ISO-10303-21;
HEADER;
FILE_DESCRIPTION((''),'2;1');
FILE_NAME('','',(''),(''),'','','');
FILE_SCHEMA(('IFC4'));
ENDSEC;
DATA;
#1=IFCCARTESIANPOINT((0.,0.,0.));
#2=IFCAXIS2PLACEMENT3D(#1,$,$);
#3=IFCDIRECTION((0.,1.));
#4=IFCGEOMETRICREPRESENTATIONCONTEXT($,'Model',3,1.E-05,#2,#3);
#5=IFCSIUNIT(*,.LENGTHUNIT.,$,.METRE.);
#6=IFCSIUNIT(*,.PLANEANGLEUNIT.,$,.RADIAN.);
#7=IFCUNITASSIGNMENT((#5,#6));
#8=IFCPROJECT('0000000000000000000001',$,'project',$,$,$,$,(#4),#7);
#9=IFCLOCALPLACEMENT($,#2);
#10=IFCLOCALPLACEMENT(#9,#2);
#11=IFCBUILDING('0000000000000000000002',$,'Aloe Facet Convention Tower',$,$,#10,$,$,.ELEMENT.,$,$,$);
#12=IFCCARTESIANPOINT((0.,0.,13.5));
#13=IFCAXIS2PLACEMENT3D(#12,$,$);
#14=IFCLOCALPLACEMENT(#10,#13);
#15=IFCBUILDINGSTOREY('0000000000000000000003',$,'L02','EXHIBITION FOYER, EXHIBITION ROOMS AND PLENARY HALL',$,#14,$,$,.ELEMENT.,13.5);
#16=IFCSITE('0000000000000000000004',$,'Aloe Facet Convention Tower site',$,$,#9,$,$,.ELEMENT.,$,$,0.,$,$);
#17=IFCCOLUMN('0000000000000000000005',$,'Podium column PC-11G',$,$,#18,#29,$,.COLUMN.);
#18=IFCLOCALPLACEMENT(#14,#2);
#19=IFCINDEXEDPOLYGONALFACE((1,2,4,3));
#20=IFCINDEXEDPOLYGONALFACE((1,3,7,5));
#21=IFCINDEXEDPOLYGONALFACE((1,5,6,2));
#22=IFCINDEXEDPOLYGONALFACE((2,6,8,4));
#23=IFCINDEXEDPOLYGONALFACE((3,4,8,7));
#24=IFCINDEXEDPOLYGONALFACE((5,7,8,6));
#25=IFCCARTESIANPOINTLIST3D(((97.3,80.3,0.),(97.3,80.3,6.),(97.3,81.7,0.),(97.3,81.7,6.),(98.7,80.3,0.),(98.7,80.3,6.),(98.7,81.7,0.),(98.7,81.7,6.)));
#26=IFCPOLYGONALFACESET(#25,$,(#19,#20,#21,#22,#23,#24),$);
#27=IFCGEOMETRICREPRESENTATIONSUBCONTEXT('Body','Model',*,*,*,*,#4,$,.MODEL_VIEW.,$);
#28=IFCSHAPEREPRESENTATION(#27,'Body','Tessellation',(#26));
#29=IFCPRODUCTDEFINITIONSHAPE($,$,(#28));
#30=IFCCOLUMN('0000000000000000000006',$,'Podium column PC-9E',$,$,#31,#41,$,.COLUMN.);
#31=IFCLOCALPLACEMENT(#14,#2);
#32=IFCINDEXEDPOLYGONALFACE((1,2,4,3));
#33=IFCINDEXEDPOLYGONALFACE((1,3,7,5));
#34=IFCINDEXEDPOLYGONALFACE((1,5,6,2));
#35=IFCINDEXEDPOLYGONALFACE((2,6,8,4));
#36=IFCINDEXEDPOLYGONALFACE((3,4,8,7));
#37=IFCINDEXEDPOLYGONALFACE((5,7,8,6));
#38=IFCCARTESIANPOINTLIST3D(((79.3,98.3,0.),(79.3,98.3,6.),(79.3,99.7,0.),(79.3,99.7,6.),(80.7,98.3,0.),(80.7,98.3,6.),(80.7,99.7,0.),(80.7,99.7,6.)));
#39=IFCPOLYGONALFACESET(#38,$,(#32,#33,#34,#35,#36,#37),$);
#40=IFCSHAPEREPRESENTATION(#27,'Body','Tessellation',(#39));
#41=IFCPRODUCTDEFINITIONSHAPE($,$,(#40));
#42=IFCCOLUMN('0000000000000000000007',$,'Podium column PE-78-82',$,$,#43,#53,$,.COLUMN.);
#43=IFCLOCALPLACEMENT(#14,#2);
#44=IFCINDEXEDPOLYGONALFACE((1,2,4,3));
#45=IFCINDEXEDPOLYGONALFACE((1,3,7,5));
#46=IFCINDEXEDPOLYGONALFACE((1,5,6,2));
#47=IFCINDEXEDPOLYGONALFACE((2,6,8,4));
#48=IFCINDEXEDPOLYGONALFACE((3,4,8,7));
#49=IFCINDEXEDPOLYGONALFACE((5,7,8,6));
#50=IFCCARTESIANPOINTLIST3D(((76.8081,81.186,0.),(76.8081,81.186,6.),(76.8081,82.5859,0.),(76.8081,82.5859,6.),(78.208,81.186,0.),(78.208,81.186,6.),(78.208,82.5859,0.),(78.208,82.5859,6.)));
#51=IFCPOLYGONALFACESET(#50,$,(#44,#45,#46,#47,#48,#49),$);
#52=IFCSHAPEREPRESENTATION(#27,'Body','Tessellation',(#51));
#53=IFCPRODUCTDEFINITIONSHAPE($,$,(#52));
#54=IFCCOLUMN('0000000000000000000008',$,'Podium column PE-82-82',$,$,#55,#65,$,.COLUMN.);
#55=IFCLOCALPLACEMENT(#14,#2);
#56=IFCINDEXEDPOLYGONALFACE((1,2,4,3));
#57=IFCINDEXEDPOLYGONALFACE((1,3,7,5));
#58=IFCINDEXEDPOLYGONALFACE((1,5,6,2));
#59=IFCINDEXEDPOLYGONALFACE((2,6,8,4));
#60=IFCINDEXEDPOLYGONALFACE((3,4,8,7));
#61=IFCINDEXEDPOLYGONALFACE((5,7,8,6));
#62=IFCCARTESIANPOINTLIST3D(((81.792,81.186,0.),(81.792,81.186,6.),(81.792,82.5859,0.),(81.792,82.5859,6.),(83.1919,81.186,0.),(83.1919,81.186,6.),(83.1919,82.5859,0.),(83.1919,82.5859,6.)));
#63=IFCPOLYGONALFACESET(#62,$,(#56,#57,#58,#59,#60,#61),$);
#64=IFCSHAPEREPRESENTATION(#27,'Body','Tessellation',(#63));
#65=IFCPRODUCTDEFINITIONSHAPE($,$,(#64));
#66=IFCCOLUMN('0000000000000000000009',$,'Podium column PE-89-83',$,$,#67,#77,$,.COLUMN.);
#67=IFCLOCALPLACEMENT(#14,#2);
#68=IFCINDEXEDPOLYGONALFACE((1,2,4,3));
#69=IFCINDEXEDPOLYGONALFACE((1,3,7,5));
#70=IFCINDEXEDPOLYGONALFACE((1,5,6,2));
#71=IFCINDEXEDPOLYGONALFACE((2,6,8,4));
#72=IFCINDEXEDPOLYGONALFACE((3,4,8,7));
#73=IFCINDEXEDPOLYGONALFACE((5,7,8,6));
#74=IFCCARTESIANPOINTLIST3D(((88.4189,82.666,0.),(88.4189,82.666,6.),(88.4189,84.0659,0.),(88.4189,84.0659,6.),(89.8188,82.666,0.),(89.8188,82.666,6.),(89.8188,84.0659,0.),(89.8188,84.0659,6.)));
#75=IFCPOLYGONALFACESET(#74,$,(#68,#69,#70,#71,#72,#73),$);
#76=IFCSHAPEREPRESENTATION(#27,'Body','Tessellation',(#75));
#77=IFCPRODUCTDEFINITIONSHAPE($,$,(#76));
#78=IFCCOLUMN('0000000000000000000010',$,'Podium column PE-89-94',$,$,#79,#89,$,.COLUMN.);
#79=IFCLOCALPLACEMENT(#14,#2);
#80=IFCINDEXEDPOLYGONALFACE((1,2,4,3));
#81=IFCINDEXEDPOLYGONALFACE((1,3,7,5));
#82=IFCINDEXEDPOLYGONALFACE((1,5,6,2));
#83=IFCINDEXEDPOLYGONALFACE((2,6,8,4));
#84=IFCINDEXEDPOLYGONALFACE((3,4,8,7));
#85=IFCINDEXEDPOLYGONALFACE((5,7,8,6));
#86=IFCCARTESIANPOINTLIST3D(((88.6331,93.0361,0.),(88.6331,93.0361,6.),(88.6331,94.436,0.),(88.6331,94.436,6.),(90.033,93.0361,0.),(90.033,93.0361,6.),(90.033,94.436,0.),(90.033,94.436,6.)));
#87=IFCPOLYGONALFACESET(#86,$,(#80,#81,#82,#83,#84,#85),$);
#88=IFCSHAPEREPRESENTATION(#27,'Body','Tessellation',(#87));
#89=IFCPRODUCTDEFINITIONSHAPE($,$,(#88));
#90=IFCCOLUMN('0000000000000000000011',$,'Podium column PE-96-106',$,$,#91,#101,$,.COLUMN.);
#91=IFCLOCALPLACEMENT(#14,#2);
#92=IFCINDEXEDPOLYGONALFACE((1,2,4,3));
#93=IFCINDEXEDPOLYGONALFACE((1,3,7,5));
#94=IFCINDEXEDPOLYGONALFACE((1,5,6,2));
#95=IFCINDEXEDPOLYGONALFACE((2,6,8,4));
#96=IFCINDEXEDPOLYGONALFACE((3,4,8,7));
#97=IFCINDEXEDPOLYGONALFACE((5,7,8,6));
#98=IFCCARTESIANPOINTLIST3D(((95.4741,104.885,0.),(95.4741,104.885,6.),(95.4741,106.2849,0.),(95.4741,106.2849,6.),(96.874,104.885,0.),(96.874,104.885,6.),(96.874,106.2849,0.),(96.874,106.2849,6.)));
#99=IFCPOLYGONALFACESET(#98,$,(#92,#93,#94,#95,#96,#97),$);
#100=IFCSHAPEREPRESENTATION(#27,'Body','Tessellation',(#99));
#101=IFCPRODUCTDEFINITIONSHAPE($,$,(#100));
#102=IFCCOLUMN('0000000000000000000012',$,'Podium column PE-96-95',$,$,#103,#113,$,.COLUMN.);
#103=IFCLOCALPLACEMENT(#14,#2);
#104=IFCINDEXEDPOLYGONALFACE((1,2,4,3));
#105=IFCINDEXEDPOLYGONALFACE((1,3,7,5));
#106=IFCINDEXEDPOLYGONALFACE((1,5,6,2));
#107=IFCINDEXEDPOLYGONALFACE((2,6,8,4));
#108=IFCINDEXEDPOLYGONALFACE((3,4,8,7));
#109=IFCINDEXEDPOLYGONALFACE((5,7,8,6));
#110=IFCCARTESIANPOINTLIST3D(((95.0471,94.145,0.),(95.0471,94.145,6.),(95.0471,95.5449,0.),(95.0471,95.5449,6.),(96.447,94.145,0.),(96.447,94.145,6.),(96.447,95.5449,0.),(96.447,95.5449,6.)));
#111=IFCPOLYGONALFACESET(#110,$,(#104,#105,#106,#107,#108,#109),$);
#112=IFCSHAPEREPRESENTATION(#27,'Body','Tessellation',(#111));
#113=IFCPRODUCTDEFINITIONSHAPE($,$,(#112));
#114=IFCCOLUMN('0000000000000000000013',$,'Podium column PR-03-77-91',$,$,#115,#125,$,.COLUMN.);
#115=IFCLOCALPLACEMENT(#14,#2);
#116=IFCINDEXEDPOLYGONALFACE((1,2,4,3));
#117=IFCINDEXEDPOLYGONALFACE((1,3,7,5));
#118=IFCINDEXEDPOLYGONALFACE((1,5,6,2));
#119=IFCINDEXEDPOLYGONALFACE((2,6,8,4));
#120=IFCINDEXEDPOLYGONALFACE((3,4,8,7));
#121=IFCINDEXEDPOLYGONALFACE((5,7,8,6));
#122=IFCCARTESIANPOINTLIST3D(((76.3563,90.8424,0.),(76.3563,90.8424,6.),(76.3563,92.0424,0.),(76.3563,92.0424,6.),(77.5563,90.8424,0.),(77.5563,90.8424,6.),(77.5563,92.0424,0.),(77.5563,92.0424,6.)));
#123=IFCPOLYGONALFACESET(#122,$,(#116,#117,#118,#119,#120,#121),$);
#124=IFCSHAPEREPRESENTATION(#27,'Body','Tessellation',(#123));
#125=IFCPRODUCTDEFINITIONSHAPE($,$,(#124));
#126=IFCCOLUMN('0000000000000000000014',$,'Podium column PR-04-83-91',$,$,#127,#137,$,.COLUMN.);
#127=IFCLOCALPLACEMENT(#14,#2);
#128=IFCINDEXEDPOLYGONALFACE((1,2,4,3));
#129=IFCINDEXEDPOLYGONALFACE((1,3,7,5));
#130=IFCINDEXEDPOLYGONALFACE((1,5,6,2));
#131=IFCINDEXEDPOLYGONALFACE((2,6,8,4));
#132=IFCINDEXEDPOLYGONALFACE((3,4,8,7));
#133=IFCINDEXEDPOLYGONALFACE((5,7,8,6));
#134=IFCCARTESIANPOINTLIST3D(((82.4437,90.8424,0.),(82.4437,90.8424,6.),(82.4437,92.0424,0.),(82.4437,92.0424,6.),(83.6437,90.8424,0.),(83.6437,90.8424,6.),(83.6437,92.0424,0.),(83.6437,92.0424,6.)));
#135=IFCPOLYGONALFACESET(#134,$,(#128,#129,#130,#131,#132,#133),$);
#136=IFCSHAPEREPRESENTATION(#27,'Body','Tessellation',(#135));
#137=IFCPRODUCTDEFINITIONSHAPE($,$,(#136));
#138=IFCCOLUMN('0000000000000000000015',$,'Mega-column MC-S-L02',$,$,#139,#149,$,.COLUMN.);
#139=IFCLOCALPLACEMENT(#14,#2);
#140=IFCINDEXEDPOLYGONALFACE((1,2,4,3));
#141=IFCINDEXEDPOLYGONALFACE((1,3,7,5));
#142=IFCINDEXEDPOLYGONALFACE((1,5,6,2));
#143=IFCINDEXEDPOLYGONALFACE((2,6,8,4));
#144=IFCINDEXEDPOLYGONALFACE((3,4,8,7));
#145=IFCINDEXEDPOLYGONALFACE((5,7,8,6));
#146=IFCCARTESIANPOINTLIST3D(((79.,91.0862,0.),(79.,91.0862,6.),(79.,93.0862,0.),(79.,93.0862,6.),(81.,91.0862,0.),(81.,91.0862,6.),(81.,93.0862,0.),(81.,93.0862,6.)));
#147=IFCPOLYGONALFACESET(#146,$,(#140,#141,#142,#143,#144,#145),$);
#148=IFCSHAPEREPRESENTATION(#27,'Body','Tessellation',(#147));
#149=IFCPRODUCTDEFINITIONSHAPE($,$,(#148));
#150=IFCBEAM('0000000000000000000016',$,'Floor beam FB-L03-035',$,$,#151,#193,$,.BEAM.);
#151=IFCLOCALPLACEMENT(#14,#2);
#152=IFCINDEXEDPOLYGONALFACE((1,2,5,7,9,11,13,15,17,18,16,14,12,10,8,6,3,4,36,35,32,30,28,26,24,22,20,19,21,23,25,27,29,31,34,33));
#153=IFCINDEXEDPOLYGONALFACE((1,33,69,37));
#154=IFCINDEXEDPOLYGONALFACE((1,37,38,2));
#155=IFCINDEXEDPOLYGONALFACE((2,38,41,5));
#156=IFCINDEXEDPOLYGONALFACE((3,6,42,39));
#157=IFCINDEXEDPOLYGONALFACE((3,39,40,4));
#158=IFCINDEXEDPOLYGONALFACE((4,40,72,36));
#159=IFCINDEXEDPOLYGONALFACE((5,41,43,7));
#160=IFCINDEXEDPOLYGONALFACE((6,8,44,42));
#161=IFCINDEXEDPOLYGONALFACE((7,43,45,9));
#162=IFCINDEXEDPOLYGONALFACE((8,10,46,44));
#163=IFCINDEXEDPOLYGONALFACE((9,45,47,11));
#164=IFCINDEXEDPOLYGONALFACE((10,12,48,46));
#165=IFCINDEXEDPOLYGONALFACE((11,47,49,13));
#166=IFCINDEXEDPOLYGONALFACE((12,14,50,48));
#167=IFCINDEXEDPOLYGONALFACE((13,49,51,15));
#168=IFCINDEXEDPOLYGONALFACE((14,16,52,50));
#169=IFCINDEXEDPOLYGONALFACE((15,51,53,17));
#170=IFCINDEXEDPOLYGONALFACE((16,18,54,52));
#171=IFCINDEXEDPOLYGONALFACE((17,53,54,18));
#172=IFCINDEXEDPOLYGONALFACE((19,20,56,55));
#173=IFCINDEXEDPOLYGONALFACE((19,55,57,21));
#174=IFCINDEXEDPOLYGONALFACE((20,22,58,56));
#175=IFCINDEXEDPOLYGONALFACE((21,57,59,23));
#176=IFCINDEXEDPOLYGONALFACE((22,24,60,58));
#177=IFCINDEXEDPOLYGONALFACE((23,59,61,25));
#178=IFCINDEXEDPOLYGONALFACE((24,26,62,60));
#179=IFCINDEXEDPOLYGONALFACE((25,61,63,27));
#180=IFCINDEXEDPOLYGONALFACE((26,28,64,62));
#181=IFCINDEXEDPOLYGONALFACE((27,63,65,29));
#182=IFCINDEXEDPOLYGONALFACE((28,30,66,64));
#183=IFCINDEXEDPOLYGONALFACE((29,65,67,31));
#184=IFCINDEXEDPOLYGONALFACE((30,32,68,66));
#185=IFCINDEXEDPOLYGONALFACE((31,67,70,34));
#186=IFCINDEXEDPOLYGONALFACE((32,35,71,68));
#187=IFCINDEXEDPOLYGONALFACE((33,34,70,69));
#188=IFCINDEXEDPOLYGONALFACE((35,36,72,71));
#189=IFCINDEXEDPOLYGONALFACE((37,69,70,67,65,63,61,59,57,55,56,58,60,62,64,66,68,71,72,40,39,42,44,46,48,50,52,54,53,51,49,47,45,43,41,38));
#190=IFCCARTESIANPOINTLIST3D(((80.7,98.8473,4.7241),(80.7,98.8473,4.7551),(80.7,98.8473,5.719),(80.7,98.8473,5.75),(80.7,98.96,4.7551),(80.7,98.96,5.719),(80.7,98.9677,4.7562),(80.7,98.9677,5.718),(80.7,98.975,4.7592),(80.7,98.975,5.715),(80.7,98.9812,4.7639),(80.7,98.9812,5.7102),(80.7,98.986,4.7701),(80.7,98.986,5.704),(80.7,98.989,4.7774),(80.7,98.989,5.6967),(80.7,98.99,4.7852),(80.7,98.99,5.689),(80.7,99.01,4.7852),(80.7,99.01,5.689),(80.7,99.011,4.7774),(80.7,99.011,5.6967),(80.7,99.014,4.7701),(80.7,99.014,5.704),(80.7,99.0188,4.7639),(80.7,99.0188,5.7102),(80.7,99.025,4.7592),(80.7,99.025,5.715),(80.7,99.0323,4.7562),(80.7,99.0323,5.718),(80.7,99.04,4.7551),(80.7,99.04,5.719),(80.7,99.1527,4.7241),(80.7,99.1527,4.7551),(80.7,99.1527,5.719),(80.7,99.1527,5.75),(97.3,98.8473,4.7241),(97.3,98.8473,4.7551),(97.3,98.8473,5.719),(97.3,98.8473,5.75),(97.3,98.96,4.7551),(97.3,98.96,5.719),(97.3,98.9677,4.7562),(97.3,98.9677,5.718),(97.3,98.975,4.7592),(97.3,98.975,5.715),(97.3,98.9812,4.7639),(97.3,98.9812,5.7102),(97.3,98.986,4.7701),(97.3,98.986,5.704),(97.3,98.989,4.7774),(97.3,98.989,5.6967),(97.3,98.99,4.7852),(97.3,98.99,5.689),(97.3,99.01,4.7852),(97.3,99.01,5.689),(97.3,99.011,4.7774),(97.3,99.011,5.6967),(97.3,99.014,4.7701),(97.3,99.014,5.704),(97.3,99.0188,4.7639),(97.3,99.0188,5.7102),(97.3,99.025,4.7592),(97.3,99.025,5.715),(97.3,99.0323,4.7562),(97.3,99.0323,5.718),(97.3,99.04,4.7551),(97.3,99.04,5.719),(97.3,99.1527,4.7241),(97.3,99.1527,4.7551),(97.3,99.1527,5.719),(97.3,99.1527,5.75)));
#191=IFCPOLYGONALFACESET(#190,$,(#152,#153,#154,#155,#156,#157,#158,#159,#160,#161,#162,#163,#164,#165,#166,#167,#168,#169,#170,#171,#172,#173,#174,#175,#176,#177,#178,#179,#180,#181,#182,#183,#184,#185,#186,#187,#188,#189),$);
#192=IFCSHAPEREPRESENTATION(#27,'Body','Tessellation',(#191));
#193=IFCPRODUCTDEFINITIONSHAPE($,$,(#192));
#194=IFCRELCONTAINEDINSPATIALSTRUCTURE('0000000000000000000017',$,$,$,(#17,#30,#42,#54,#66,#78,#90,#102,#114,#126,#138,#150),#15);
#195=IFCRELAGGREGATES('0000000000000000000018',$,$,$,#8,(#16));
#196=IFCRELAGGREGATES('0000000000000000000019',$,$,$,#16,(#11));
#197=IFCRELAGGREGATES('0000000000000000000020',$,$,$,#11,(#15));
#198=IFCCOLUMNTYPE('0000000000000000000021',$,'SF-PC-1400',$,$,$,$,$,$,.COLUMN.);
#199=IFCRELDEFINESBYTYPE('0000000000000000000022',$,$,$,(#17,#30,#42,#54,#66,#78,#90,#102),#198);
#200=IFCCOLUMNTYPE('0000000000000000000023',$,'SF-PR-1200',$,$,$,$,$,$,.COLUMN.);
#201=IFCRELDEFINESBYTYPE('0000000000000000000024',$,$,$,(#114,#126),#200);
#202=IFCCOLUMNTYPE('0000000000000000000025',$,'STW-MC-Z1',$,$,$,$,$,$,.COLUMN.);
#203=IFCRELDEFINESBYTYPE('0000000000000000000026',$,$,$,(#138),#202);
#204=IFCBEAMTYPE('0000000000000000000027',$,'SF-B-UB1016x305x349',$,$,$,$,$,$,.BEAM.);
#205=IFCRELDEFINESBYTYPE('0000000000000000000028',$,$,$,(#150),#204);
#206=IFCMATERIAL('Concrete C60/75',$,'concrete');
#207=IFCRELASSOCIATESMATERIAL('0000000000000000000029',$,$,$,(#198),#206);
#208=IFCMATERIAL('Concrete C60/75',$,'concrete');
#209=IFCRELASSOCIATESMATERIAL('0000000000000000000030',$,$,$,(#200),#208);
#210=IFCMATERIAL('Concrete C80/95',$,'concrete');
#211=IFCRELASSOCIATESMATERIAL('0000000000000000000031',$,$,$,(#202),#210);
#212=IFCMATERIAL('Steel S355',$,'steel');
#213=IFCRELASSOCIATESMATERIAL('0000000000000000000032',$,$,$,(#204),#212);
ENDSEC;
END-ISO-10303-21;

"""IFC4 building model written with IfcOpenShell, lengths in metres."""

from ifc_helpers import new_model, si_unit, direction, frame, origin, origin_2d, place, context, subcontext, project, spatial, rectangle, i_section, extrude, material, material_profile, profile_set, type_object, element, save


model = new_model("IFC4")

# Units and contexts
model_context = context("Model", 3, precision=1e-05, world=origin(), true_north=direction((0.0, 1.0)))
body_context = subcontext(model_context, "Body", "Model", "MODEL_VIEW")
ifc_project = project(units=[si_unit("LENGTHUNIT", "METRE"), si_unit("PLANEANGLEUNIT", "RADIAN")], contexts=[model_context])

# Site, building, storey
site_placement = place(None, origin())
site = spatial("IfcSite", under=ifc_project, at=site_placement, Name="Aloe Facet Convention Tower site", CompositionType="ELEMENT", RefElevation=0.0)
building_placement = place(site_placement, origin())
building = spatial("IfcBuilding", under=site, at=building_placement, Name="Aloe Facet Convention Tower", CompositionType="ELEMENT")
storey_placement = place(building_placement, frame((0.0, 0.0, 13.5)))
storey = spatial("IfcBuildingStorey", under=building, at=storey_placement, Name="L02", Description="EXHIBITION FOYER, EXHIBITION ROOMS AND PLENARY HALL", CompositionType="ELEMENT", Elevation=13.5)

# Columns
ifc_material_1 = material(Name="Concrete C60/75", Category="concrete")
ifc_material_profile_1 = material_profile(ifc_material_1, rectangle(XDim=1.3999, YDim=1.3999, at=origin_2d()), Name="SF-PC-1400")
ifc_profile_set_1 = profile_set([ifc_material_profile_1], Name="Concrete C60/75")
column_type_1 = type_object("IfcColumnType", Name="SF-PC-1400", PredefinedType="COLUMN", material=ifc_profile_set_1)
for number, where, z_axis, x_axis, name in (
    (1, (98.0, 81.0, 0.0), (0.0, 0.0, 1.0), (1.0, 0.0, 0.0), "Podium column PC-11G"),
    (2, (80.0, 99.0, 0.0), (0.0, 0.0, 1.0), (1.0, 0.0, 0.0), "Podium column PC-9E"),
    (3, (77.5081, 81.886, 0.0), (0.0, 0.0, 1.0), (1.0, 0.0, 0.0), "Podium column PE-78-82"),
    (4, (82.4919, 81.886, 0.0), (0.0, 0.0, 1.0), (1.0, 0.0, 0.0), "Podium column PE-82-82"),
    (5, (89.1189, 83.366, 0.0), (0.0, 0.0, 1.0), (1.0, 0.0, 0.0), "Podium column PE-89-83"),
    (6, (89.333, 93.7361, 0.0), (0.0, 0.0, 1.0), (1.0, 0.0, 0.0), "Podium column PE-89-94"),
    (7, (96.1741, 105.585, 0.0), (0.0, 0.0, 1.0), (1.0, 0.0, 0.0), "Podium column PE-96-106"),
    (8, (95.7471, 94.845, 0.0), (0.0, 0.0, 1.0), (1.0, 0.0, 0.0), "Podium column PE-96-95"),
):
    element("IfcColumn", number, at=place(storey_placement, frame(where, z_axis=z_axis, x_axis=x_axis)), inside=storey, type_object=column_type_1, Name=name, PredefinedType="COLUMN", context=body_context, shape_type="SweptSolid", body=[
        extrude(rectangle(XDim=1.3999, YDim=1.3999, at=origin_2d()), origin(), (0.0, 0.0, 1.0), 6.0),
    ])
ifc_material_2 = material(Name="Concrete C60/75", Category="concrete")
ifc_material_profile_2 = material_profile(ifc_material_2, rectangle(XDim=1.2, YDim=1.2, at=origin_2d()), Name="SF-PR-1200")
ifc_profile_set_2 = profile_set([ifc_material_profile_2], Name="Concrete C60/75")
column_type_2 = type_object("IfcColumnType", Name="SF-PR-1200", PredefinedType="COLUMN", material=ifc_profile_set_2)
for number, where, z_axis, x_axis, name in (
    (9, (76.9563, 91.4424, 0.0), (0.0, 0.0, 1.0), (1.0, 0.0, 0.0), "Podium column PR-03-77-91"),
    (10, (83.0437, 91.4424, 0.0), (0.0, 0.0, 1.0), (1.0, 0.0, 0.0), "Podium column PR-04-83-91"),
):
    element("IfcColumn", number, at=place(storey_placement, frame(where, z_axis=z_axis, x_axis=x_axis)), inside=storey, type_object=column_type_2, Name=name, PredefinedType="COLUMN", context=body_context, shape_type="SweptSolid", body=[
        extrude(rectangle(XDim=1.2, YDim=1.2, at=origin_2d()), origin(), (0.0, 0.0, 1.0), 6.0),
    ])
ifc_material_3 = material(Name="Concrete C80/95", Category="concrete")
ifc_material_profile_3 = material_profile(ifc_material_3, rectangle(XDim=2.0, YDim=2.0, at=origin_2d()), Name="STW-MC-Z1")
ifc_profile_set_3 = profile_set([ifc_material_profile_3], Name="Concrete C80/95")
column_type_3 = type_object("IfcColumnType", Name="STW-MC-Z1", PredefinedType="COLUMN", material=ifc_profile_set_3)
column_placement = place(storey_placement, frame((80.0, 92.0862, 0.0), z_axis=(0.0, 0.0, 1.0), x_axis=(1.0, 0.0, 0.0)))
element("IfcColumn", 11, at=column_placement, inside=storey, type_object=column_type_3, Name="Mega-column MC-S-L02", PredefinedType="COLUMN", context=body_context, shape_type="SweptSolid", body=[
    extrude(rectangle(XDim=2.0, YDim=2.0, at=origin_2d()), origin(), (0.0, 0.0, 1.0), 6.0),
])

# Beam
ifc_material_4 = material(Name="Steel S355", Category="steel")
ifc_material_profile_4 = material_profile(ifc_material_4, i_section(OverallWidth=0.3054, OverallDepth=1.0259, WebThickness=0.02, FlangeThickness=0.031, FilletRadius=0.03, at=origin_2d()), Name="UB 1016x305x349")
ifc_profile_set_4 = profile_set([ifc_material_profile_4], Name="Steel S355")
beam_type_1 = type_object("IfcBeamType", Name="SF-B-UB1016x305x349", PredefinedType="BEAM", material=ifc_profile_set_4)
beam_1_placement = place(storey_placement, frame((80.7, 99.0, 5.2371), z_axis=(1.0, 0.0, 0.0), x_axis=(0.0, 1.0, 0.0)))
element("IfcBeam", 12, at=beam_1_placement, inside=storey, type_object=beam_type_1, Name="Floor beam FB-L03-035", PredefinedType="BEAM", context=body_context, shape_type="SweptSolid", body=[
    extrude(i_section(OverallWidth=0.3054, OverallDepth=1.0259, WebThickness=0.02, FlangeThickness=0.031, FilletRadius=0.03, at=origin_2d()), origin(), (0.0, 0.0, 1.0), 16.6001),
])

save(model, "model.ifc")
